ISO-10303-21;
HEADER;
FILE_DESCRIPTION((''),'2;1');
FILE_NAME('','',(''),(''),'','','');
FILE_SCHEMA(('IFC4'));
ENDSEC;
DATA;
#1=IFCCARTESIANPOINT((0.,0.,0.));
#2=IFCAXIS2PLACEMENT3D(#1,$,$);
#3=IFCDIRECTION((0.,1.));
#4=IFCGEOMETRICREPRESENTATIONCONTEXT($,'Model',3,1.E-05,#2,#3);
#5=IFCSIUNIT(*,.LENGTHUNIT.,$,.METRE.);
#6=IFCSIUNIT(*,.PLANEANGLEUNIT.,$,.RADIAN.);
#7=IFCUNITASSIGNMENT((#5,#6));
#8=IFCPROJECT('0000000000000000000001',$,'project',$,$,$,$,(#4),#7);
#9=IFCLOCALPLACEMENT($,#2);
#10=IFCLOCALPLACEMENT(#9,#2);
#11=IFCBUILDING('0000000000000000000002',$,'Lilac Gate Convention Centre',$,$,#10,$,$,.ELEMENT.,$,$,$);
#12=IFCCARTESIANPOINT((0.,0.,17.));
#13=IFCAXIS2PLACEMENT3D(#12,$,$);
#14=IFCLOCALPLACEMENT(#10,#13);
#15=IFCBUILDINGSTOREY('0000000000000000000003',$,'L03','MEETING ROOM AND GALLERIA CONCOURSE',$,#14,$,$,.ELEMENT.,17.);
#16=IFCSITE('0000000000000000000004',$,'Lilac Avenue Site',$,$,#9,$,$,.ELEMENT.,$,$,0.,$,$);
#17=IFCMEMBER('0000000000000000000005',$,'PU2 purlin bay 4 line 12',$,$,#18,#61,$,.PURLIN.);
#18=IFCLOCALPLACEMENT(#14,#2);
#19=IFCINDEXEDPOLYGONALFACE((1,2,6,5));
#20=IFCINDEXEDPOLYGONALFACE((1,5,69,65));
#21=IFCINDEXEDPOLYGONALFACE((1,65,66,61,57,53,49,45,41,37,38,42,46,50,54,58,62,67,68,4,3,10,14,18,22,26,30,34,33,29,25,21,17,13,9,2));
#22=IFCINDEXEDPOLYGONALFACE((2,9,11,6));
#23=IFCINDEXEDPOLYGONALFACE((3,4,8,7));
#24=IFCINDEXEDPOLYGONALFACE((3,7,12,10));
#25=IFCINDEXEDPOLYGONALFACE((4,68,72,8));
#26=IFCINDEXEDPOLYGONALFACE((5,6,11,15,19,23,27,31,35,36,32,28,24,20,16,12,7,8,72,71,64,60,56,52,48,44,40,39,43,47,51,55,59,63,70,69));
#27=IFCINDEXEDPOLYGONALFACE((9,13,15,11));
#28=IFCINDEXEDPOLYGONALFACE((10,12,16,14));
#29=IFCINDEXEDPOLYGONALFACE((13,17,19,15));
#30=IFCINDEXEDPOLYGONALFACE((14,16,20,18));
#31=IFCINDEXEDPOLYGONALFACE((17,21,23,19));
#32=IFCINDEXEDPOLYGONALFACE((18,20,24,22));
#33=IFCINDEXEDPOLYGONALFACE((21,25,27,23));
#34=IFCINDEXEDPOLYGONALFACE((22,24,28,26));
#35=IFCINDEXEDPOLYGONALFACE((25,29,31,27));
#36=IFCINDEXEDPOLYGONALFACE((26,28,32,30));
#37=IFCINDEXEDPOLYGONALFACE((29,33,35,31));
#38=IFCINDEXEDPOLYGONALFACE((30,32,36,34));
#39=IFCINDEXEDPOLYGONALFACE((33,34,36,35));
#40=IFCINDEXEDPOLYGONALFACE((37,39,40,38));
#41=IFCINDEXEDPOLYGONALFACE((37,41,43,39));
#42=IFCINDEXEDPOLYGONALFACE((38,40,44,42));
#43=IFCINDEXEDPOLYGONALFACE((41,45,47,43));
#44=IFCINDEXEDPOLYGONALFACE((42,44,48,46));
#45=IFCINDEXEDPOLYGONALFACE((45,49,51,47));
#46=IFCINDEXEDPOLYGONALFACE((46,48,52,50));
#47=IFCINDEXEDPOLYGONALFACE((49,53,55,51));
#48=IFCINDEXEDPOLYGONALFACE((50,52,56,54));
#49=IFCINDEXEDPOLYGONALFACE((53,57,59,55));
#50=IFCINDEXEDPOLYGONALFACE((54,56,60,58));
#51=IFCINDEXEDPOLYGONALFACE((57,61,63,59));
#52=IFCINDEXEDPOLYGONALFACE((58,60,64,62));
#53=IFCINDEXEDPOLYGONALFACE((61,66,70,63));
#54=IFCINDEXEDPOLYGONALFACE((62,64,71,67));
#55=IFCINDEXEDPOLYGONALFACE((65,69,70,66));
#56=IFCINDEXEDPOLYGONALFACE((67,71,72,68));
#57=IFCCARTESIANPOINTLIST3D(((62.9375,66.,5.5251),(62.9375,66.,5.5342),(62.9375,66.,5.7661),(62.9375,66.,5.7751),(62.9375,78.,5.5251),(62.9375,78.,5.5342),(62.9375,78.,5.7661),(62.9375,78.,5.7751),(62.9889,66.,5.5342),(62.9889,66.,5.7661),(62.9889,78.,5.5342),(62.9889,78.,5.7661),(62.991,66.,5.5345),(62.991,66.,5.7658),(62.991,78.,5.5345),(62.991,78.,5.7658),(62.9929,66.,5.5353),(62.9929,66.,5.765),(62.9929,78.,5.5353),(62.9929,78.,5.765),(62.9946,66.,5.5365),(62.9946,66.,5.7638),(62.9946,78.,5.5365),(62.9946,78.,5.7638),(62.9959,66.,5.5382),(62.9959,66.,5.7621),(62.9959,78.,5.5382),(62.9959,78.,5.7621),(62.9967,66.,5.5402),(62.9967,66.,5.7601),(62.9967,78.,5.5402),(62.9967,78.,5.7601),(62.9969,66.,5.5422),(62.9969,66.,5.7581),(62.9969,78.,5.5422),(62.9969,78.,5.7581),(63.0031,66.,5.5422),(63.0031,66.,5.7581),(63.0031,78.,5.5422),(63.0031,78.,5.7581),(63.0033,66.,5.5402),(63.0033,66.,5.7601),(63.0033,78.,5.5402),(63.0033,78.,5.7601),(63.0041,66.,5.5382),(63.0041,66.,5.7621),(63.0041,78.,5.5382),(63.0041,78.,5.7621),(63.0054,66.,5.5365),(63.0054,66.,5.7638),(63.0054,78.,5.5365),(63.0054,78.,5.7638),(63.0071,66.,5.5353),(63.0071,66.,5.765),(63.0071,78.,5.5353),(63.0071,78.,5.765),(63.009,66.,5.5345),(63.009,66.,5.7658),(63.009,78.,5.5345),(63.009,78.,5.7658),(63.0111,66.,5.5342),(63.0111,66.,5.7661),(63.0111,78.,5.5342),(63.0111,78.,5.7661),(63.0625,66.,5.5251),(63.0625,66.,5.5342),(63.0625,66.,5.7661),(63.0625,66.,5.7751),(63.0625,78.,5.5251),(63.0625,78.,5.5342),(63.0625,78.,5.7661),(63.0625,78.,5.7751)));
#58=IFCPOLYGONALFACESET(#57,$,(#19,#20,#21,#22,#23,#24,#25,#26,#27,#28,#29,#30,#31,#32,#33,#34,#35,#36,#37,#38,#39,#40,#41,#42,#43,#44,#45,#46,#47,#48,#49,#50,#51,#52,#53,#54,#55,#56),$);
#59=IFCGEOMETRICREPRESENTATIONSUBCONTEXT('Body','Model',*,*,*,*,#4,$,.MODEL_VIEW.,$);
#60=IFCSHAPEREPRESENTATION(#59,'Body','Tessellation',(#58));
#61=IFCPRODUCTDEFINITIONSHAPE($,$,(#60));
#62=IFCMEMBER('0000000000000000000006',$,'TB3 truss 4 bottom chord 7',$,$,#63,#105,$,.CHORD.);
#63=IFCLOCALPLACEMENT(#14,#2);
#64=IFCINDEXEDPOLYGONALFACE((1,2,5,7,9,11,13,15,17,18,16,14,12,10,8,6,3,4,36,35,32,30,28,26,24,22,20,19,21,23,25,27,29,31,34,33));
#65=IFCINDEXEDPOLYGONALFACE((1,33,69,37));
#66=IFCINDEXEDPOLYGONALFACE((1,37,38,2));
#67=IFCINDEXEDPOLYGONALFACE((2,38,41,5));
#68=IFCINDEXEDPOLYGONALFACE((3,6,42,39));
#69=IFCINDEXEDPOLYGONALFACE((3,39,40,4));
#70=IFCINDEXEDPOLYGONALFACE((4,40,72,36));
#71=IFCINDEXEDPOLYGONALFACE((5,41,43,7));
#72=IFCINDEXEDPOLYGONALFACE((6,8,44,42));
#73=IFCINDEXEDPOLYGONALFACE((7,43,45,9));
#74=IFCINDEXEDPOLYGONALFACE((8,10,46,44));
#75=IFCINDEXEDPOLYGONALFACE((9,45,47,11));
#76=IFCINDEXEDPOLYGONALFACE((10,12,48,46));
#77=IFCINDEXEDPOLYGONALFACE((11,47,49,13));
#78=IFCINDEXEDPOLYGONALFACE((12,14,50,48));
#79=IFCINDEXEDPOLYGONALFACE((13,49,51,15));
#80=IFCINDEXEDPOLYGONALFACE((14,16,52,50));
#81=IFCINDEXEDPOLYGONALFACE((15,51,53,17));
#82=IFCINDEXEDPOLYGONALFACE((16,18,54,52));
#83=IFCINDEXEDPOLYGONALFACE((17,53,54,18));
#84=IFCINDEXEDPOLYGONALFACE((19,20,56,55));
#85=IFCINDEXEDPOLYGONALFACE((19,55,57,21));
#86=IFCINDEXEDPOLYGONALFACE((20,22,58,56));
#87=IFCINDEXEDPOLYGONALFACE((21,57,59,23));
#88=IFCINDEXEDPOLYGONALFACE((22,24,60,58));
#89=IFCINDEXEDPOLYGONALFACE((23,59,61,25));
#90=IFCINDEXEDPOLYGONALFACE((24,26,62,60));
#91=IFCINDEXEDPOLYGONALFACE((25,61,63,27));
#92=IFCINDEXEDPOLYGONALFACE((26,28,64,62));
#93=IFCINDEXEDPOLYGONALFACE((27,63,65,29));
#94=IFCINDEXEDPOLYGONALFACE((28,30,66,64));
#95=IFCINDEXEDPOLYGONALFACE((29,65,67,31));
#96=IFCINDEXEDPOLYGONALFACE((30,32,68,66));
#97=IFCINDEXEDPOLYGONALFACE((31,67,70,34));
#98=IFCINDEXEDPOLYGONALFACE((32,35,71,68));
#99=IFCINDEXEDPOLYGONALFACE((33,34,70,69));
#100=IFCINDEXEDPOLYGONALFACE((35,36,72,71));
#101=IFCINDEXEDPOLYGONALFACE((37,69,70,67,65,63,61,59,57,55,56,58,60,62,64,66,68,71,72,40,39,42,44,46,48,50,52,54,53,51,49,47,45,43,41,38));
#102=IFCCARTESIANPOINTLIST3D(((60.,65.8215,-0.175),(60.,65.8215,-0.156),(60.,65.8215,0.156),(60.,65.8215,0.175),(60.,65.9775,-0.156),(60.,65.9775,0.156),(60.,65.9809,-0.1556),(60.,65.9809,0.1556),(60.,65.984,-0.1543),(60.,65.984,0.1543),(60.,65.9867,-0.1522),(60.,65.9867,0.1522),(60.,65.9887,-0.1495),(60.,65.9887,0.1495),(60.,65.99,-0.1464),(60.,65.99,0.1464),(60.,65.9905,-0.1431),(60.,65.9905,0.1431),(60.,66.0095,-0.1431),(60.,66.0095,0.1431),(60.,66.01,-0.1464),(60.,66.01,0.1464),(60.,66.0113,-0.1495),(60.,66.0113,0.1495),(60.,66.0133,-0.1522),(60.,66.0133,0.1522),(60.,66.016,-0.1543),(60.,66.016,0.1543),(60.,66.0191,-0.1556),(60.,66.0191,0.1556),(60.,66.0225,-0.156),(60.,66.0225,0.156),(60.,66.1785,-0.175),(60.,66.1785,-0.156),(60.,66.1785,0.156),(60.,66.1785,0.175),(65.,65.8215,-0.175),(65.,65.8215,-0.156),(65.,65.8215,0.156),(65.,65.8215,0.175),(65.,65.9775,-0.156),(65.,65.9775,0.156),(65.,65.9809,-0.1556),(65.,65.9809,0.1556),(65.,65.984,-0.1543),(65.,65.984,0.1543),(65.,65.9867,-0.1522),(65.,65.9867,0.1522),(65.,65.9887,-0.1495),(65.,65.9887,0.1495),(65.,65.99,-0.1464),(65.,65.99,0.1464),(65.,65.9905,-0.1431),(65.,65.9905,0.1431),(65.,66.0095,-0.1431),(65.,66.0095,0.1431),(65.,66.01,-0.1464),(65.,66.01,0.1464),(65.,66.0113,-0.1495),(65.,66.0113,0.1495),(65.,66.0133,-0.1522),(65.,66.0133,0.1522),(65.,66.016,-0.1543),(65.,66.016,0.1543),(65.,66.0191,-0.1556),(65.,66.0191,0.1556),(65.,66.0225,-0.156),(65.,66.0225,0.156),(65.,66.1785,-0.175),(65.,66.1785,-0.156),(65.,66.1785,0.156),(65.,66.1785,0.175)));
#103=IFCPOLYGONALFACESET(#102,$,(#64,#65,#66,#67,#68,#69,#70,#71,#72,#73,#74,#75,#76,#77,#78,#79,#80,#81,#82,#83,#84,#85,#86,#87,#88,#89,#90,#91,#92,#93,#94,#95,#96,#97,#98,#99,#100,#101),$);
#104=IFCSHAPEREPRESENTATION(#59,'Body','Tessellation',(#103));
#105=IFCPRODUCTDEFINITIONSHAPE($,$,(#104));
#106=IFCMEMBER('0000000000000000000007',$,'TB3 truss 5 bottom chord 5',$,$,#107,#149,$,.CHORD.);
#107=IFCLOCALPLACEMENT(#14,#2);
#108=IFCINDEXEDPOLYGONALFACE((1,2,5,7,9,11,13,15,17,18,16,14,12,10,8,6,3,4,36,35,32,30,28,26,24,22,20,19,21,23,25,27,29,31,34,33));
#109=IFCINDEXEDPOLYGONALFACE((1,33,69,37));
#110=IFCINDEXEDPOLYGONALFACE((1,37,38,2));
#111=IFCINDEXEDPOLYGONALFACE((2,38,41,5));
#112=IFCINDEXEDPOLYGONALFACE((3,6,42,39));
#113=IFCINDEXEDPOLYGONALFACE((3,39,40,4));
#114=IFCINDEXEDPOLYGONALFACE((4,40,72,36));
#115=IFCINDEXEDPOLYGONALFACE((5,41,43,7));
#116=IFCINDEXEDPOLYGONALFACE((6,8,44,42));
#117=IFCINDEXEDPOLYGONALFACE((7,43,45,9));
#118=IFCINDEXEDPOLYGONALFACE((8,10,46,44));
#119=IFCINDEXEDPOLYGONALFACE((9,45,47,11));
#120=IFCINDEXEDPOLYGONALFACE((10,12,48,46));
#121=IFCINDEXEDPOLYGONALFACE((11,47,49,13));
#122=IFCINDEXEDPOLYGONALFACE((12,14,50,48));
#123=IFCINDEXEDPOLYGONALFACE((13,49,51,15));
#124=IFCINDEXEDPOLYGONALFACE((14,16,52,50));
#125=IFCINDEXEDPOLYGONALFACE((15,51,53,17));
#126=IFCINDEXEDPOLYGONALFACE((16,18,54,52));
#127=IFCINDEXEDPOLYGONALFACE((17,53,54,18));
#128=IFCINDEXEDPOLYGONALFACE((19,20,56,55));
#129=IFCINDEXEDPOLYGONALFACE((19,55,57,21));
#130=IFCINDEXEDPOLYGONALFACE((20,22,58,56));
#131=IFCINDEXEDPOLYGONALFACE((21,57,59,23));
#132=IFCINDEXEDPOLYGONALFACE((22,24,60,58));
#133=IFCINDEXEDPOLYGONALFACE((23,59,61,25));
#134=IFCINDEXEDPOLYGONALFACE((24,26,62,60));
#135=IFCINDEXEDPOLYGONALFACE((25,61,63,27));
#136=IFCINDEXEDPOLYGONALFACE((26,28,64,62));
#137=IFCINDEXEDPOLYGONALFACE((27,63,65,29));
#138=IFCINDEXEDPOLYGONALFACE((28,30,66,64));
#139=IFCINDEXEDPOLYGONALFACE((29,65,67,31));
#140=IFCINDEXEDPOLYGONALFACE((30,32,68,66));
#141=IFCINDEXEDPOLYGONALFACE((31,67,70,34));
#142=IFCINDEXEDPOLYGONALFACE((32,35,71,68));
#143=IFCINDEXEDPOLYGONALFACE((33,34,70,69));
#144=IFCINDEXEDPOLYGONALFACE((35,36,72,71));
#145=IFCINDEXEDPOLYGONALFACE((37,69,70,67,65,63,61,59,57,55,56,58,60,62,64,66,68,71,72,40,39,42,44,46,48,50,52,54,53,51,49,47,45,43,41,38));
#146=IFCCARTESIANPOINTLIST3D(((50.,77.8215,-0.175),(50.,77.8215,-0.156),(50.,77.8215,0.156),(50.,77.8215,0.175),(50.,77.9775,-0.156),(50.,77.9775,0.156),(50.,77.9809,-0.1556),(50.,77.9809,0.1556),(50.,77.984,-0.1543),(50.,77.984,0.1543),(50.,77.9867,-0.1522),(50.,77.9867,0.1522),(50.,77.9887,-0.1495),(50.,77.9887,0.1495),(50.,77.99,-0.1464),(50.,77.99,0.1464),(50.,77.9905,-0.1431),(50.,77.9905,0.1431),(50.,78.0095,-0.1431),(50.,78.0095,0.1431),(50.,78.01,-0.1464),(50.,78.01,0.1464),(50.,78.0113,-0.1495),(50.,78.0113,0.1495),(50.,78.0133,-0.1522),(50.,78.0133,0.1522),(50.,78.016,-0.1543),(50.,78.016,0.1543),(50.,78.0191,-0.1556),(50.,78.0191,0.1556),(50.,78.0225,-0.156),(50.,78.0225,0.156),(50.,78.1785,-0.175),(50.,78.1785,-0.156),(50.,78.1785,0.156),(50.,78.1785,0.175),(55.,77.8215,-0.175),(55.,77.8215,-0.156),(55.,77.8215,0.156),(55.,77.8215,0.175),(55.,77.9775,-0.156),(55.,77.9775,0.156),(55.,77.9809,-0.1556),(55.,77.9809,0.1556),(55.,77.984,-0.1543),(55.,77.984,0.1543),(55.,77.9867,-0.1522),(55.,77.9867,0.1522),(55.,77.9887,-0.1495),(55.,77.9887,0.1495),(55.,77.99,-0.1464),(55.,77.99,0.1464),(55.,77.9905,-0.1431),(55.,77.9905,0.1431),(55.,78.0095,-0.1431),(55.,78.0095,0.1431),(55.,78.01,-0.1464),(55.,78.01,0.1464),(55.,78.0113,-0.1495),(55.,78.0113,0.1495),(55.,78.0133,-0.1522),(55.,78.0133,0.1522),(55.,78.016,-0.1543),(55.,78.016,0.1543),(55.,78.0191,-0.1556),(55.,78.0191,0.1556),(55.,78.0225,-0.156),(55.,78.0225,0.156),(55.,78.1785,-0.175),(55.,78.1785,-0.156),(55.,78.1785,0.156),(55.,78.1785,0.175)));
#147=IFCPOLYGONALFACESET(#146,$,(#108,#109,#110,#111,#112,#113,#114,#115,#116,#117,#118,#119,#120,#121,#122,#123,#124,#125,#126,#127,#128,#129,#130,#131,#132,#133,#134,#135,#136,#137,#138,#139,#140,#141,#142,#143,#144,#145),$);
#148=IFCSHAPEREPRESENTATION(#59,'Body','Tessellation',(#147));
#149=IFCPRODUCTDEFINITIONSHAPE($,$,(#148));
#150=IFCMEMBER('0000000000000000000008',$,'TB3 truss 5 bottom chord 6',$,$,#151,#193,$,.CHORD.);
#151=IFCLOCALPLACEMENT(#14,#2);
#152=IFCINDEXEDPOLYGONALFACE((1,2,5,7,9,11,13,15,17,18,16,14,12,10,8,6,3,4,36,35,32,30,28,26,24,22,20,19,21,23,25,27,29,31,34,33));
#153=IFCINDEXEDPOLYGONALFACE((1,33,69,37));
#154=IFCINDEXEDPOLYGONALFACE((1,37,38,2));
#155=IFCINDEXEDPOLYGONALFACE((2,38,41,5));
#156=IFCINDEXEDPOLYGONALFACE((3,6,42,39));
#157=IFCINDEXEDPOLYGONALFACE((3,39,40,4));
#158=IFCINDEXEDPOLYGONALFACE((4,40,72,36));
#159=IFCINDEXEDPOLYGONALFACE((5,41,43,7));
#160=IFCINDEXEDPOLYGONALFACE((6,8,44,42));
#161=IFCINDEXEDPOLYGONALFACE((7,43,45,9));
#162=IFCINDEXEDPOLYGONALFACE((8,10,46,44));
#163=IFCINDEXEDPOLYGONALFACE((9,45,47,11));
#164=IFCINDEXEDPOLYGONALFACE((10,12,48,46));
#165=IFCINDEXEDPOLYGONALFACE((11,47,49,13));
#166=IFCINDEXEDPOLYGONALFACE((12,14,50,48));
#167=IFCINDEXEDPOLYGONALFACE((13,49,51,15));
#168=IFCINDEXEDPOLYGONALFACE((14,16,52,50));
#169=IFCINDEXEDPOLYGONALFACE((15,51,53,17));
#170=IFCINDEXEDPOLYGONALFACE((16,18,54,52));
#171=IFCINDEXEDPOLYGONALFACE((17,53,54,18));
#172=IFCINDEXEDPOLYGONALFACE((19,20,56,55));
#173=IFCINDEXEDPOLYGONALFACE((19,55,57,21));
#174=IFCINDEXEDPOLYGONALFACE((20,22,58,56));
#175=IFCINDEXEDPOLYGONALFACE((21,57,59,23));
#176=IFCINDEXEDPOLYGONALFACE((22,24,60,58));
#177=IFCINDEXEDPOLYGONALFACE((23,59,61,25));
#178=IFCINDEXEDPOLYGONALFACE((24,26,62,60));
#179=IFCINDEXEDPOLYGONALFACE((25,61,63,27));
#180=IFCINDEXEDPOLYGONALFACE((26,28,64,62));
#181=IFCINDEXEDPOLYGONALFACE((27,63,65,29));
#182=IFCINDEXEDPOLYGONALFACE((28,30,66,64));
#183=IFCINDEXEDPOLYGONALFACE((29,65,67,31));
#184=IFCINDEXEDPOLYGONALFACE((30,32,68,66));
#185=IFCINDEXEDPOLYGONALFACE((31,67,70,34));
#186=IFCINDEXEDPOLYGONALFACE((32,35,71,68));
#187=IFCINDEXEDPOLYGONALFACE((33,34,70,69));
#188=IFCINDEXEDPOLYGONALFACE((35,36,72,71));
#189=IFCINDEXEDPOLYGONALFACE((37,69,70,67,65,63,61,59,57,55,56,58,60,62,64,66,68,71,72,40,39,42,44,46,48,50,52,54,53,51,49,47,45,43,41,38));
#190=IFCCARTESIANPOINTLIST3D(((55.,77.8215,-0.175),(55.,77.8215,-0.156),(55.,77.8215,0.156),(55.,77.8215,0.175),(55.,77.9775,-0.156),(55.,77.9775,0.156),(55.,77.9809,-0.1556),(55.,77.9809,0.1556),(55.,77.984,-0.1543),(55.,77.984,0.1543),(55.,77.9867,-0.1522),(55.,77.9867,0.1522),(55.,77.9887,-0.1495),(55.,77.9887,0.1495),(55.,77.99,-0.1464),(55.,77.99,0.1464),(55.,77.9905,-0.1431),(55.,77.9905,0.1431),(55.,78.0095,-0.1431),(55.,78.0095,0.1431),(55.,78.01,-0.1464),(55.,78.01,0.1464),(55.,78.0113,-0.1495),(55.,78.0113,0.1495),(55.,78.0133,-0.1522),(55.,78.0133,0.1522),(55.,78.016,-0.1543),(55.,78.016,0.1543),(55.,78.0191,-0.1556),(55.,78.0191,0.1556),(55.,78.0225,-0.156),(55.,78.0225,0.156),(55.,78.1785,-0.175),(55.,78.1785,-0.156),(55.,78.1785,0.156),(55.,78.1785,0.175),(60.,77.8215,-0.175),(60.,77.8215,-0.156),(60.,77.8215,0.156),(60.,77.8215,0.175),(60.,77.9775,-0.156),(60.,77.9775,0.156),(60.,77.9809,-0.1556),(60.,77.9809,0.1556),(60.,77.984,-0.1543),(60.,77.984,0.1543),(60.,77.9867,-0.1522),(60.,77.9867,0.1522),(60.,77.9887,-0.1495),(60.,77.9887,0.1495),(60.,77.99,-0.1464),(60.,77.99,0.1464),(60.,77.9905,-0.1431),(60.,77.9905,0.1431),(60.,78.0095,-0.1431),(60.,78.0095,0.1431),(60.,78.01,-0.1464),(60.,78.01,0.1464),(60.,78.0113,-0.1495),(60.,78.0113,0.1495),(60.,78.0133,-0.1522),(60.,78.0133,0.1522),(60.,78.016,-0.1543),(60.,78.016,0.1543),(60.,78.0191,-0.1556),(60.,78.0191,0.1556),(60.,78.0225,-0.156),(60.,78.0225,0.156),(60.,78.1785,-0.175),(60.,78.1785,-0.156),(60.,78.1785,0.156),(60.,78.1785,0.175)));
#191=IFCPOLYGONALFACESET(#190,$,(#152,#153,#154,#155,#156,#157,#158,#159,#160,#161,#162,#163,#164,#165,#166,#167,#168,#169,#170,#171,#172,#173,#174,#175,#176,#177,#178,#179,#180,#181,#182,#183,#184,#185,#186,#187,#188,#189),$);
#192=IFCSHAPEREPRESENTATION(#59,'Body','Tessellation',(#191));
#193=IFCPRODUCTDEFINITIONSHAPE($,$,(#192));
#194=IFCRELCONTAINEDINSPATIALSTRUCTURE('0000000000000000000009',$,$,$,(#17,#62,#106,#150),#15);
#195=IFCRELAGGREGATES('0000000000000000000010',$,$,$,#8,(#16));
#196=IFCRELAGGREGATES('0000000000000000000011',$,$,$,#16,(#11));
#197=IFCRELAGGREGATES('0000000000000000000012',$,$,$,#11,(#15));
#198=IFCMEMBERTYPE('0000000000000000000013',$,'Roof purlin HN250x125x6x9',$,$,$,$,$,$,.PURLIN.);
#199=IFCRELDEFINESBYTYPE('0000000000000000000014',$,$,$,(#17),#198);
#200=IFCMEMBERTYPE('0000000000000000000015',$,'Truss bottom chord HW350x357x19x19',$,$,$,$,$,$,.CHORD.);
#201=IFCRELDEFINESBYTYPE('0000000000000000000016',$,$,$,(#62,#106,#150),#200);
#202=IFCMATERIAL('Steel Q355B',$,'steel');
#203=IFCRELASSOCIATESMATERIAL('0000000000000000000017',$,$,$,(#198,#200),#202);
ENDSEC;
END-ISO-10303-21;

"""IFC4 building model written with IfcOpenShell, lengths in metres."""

from ifc_helpers import new_model, si_unit, direction, frame, origin, origin_2d, place, context, subcontext, project, spatial, i_section, extrude, material, material_profile, profile_set, type_object, element, save


model = new_model("IFC4")

# Units and contexts
model_context = context("Model", 3, precision=1e-05, world=origin(), true_north=direction((0.0, 1.0)))
body_context = subcontext(model_context, "Body", "Model", "MODEL_VIEW")
ifc_project = project(units=[si_unit("LENGTHUNIT", "METRE"), si_unit("PLANEANGLEUNIT", "RADIAN")], contexts=[model_context])

# Site, building, storey
site_placement = place(None, origin())
site = spatial("IfcSite", under=ifc_project, at=site_placement, Name="Lilac Avenue Site", CompositionType="ELEMENT", RefElevation=0.0)
building_placement = place(site_placement, origin())
building = spatial("IfcBuilding", under=site, at=building_placement, Name="Lilac Gate Convention Centre", CompositionType="ELEMENT")
storey_placement = place(building_placement, frame((0.0, 0.0, 17.0)))
storey = spatial("IfcBuildingStorey", under=building, at=storey_placement, Name="L03", Description="MEETING ROOM AND GALLERIA CONCOURSE", CompositionType="ELEMENT", Elevation=17.0)

# Members
ifc_material = material(Name="Steel Q355B", Category="steel")
ifc_material_profile_1 = material_profile(ifc_material, i_section(OverallWidth=0.125, OverallDepth=0.25, WebThickness=0.0061, FlangeThickness=0.009, FilletRadius=0.0081, at=origin_2d()), Name="HN250x125x6x9")
ifc_profile_set_1 = profile_set([ifc_material_profile_1], Name="Steel Q355B")
member_type_1 = type_object("IfcMemberType", Name="Roof purlin HN250x125x6x9", PredefinedType="PURLIN", material=ifc_profile_set_1)
for number, where, z_axis, x_axis, name in (
    (1, (63.0, 66.0, 5.6501), (0.0, 1.0, 0.0), (-1.0, 0.0, 0.0), "PU2 purlin bay 4 line 12"),
):
    element("IfcMember", number, at=place(storey_placement, frame(where, z_axis=z_axis, x_axis=x_axis)), inside=storey, type_object=member_type_1, Name=name, PredefinedType="PURLIN", context=body_context, shape_type="SweptSolid", body=[
        extrude(i_section(OverallWidth=0.125, OverallDepth=0.25, WebThickness=0.0061, FlangeThickness=0.009, FilletRadius=0.0081, at=origin_2d()), origin(), (0.0, 0.0, 1.0), 12.0),
    ])
ifc_material_profile_2 = material_profile(ifc_material, i_section(OverallWidth=0.3569, OverallDepth=0.3501, WebThickness=0.019, FlangeThickness=0.019, FilletRadius=0.0129, at=origin_2d()), Name="HW350x357x19x19")
ifc_profile_set_2 = profile_set([ifc_material_profile_2], Name="Steel Q355B")
member_type_2 = type_object("IfcMemberType", Name="Truss bottom chord HW350x357x19x19", PredefinedType="CHORD", material=ifc_profile_set_2)
for number, where, z_axis, x_axis, name in (
    (2, (60.0, 66.0, 0.0), (1.0, 0.0, 0.0), (0.0, 1.0, 0.0), "TB3 truss 4 bottom chord 7"),
    (3, (50.0, 78.0, 0.0), (1.0, 0.0, 0.0), (0.0, 1.0, 0.0), "TB3 truss 5 bottom chord 5"),
    (4, (55.0, 78.0, 0.0), (1.0, 0.0, 0.0), (0.0, 1.0, 0.0), "TB3 truss 5 bottom chord 6"),
):
    element("IfcMember", number, at=place(storey_placement, frame(where, z_axis=z_axis, x_axis=x_axis)), inside=storey, type_object=member_type_2, Name=name, PredefinedType="CHORD", context=body_context, shape_type="SweptSolid", body=[
        extrude(i_section(OverallWidth=0.3569, OverallDepth=0.3501, WebThickness=0.019, FlangeThickness=0.019, FilletRadius=0.0129, at=origin_2d()), origin(), (0.0, 0.0, 1.0), 5.0),
    ])

save(model, "model.ifc")
